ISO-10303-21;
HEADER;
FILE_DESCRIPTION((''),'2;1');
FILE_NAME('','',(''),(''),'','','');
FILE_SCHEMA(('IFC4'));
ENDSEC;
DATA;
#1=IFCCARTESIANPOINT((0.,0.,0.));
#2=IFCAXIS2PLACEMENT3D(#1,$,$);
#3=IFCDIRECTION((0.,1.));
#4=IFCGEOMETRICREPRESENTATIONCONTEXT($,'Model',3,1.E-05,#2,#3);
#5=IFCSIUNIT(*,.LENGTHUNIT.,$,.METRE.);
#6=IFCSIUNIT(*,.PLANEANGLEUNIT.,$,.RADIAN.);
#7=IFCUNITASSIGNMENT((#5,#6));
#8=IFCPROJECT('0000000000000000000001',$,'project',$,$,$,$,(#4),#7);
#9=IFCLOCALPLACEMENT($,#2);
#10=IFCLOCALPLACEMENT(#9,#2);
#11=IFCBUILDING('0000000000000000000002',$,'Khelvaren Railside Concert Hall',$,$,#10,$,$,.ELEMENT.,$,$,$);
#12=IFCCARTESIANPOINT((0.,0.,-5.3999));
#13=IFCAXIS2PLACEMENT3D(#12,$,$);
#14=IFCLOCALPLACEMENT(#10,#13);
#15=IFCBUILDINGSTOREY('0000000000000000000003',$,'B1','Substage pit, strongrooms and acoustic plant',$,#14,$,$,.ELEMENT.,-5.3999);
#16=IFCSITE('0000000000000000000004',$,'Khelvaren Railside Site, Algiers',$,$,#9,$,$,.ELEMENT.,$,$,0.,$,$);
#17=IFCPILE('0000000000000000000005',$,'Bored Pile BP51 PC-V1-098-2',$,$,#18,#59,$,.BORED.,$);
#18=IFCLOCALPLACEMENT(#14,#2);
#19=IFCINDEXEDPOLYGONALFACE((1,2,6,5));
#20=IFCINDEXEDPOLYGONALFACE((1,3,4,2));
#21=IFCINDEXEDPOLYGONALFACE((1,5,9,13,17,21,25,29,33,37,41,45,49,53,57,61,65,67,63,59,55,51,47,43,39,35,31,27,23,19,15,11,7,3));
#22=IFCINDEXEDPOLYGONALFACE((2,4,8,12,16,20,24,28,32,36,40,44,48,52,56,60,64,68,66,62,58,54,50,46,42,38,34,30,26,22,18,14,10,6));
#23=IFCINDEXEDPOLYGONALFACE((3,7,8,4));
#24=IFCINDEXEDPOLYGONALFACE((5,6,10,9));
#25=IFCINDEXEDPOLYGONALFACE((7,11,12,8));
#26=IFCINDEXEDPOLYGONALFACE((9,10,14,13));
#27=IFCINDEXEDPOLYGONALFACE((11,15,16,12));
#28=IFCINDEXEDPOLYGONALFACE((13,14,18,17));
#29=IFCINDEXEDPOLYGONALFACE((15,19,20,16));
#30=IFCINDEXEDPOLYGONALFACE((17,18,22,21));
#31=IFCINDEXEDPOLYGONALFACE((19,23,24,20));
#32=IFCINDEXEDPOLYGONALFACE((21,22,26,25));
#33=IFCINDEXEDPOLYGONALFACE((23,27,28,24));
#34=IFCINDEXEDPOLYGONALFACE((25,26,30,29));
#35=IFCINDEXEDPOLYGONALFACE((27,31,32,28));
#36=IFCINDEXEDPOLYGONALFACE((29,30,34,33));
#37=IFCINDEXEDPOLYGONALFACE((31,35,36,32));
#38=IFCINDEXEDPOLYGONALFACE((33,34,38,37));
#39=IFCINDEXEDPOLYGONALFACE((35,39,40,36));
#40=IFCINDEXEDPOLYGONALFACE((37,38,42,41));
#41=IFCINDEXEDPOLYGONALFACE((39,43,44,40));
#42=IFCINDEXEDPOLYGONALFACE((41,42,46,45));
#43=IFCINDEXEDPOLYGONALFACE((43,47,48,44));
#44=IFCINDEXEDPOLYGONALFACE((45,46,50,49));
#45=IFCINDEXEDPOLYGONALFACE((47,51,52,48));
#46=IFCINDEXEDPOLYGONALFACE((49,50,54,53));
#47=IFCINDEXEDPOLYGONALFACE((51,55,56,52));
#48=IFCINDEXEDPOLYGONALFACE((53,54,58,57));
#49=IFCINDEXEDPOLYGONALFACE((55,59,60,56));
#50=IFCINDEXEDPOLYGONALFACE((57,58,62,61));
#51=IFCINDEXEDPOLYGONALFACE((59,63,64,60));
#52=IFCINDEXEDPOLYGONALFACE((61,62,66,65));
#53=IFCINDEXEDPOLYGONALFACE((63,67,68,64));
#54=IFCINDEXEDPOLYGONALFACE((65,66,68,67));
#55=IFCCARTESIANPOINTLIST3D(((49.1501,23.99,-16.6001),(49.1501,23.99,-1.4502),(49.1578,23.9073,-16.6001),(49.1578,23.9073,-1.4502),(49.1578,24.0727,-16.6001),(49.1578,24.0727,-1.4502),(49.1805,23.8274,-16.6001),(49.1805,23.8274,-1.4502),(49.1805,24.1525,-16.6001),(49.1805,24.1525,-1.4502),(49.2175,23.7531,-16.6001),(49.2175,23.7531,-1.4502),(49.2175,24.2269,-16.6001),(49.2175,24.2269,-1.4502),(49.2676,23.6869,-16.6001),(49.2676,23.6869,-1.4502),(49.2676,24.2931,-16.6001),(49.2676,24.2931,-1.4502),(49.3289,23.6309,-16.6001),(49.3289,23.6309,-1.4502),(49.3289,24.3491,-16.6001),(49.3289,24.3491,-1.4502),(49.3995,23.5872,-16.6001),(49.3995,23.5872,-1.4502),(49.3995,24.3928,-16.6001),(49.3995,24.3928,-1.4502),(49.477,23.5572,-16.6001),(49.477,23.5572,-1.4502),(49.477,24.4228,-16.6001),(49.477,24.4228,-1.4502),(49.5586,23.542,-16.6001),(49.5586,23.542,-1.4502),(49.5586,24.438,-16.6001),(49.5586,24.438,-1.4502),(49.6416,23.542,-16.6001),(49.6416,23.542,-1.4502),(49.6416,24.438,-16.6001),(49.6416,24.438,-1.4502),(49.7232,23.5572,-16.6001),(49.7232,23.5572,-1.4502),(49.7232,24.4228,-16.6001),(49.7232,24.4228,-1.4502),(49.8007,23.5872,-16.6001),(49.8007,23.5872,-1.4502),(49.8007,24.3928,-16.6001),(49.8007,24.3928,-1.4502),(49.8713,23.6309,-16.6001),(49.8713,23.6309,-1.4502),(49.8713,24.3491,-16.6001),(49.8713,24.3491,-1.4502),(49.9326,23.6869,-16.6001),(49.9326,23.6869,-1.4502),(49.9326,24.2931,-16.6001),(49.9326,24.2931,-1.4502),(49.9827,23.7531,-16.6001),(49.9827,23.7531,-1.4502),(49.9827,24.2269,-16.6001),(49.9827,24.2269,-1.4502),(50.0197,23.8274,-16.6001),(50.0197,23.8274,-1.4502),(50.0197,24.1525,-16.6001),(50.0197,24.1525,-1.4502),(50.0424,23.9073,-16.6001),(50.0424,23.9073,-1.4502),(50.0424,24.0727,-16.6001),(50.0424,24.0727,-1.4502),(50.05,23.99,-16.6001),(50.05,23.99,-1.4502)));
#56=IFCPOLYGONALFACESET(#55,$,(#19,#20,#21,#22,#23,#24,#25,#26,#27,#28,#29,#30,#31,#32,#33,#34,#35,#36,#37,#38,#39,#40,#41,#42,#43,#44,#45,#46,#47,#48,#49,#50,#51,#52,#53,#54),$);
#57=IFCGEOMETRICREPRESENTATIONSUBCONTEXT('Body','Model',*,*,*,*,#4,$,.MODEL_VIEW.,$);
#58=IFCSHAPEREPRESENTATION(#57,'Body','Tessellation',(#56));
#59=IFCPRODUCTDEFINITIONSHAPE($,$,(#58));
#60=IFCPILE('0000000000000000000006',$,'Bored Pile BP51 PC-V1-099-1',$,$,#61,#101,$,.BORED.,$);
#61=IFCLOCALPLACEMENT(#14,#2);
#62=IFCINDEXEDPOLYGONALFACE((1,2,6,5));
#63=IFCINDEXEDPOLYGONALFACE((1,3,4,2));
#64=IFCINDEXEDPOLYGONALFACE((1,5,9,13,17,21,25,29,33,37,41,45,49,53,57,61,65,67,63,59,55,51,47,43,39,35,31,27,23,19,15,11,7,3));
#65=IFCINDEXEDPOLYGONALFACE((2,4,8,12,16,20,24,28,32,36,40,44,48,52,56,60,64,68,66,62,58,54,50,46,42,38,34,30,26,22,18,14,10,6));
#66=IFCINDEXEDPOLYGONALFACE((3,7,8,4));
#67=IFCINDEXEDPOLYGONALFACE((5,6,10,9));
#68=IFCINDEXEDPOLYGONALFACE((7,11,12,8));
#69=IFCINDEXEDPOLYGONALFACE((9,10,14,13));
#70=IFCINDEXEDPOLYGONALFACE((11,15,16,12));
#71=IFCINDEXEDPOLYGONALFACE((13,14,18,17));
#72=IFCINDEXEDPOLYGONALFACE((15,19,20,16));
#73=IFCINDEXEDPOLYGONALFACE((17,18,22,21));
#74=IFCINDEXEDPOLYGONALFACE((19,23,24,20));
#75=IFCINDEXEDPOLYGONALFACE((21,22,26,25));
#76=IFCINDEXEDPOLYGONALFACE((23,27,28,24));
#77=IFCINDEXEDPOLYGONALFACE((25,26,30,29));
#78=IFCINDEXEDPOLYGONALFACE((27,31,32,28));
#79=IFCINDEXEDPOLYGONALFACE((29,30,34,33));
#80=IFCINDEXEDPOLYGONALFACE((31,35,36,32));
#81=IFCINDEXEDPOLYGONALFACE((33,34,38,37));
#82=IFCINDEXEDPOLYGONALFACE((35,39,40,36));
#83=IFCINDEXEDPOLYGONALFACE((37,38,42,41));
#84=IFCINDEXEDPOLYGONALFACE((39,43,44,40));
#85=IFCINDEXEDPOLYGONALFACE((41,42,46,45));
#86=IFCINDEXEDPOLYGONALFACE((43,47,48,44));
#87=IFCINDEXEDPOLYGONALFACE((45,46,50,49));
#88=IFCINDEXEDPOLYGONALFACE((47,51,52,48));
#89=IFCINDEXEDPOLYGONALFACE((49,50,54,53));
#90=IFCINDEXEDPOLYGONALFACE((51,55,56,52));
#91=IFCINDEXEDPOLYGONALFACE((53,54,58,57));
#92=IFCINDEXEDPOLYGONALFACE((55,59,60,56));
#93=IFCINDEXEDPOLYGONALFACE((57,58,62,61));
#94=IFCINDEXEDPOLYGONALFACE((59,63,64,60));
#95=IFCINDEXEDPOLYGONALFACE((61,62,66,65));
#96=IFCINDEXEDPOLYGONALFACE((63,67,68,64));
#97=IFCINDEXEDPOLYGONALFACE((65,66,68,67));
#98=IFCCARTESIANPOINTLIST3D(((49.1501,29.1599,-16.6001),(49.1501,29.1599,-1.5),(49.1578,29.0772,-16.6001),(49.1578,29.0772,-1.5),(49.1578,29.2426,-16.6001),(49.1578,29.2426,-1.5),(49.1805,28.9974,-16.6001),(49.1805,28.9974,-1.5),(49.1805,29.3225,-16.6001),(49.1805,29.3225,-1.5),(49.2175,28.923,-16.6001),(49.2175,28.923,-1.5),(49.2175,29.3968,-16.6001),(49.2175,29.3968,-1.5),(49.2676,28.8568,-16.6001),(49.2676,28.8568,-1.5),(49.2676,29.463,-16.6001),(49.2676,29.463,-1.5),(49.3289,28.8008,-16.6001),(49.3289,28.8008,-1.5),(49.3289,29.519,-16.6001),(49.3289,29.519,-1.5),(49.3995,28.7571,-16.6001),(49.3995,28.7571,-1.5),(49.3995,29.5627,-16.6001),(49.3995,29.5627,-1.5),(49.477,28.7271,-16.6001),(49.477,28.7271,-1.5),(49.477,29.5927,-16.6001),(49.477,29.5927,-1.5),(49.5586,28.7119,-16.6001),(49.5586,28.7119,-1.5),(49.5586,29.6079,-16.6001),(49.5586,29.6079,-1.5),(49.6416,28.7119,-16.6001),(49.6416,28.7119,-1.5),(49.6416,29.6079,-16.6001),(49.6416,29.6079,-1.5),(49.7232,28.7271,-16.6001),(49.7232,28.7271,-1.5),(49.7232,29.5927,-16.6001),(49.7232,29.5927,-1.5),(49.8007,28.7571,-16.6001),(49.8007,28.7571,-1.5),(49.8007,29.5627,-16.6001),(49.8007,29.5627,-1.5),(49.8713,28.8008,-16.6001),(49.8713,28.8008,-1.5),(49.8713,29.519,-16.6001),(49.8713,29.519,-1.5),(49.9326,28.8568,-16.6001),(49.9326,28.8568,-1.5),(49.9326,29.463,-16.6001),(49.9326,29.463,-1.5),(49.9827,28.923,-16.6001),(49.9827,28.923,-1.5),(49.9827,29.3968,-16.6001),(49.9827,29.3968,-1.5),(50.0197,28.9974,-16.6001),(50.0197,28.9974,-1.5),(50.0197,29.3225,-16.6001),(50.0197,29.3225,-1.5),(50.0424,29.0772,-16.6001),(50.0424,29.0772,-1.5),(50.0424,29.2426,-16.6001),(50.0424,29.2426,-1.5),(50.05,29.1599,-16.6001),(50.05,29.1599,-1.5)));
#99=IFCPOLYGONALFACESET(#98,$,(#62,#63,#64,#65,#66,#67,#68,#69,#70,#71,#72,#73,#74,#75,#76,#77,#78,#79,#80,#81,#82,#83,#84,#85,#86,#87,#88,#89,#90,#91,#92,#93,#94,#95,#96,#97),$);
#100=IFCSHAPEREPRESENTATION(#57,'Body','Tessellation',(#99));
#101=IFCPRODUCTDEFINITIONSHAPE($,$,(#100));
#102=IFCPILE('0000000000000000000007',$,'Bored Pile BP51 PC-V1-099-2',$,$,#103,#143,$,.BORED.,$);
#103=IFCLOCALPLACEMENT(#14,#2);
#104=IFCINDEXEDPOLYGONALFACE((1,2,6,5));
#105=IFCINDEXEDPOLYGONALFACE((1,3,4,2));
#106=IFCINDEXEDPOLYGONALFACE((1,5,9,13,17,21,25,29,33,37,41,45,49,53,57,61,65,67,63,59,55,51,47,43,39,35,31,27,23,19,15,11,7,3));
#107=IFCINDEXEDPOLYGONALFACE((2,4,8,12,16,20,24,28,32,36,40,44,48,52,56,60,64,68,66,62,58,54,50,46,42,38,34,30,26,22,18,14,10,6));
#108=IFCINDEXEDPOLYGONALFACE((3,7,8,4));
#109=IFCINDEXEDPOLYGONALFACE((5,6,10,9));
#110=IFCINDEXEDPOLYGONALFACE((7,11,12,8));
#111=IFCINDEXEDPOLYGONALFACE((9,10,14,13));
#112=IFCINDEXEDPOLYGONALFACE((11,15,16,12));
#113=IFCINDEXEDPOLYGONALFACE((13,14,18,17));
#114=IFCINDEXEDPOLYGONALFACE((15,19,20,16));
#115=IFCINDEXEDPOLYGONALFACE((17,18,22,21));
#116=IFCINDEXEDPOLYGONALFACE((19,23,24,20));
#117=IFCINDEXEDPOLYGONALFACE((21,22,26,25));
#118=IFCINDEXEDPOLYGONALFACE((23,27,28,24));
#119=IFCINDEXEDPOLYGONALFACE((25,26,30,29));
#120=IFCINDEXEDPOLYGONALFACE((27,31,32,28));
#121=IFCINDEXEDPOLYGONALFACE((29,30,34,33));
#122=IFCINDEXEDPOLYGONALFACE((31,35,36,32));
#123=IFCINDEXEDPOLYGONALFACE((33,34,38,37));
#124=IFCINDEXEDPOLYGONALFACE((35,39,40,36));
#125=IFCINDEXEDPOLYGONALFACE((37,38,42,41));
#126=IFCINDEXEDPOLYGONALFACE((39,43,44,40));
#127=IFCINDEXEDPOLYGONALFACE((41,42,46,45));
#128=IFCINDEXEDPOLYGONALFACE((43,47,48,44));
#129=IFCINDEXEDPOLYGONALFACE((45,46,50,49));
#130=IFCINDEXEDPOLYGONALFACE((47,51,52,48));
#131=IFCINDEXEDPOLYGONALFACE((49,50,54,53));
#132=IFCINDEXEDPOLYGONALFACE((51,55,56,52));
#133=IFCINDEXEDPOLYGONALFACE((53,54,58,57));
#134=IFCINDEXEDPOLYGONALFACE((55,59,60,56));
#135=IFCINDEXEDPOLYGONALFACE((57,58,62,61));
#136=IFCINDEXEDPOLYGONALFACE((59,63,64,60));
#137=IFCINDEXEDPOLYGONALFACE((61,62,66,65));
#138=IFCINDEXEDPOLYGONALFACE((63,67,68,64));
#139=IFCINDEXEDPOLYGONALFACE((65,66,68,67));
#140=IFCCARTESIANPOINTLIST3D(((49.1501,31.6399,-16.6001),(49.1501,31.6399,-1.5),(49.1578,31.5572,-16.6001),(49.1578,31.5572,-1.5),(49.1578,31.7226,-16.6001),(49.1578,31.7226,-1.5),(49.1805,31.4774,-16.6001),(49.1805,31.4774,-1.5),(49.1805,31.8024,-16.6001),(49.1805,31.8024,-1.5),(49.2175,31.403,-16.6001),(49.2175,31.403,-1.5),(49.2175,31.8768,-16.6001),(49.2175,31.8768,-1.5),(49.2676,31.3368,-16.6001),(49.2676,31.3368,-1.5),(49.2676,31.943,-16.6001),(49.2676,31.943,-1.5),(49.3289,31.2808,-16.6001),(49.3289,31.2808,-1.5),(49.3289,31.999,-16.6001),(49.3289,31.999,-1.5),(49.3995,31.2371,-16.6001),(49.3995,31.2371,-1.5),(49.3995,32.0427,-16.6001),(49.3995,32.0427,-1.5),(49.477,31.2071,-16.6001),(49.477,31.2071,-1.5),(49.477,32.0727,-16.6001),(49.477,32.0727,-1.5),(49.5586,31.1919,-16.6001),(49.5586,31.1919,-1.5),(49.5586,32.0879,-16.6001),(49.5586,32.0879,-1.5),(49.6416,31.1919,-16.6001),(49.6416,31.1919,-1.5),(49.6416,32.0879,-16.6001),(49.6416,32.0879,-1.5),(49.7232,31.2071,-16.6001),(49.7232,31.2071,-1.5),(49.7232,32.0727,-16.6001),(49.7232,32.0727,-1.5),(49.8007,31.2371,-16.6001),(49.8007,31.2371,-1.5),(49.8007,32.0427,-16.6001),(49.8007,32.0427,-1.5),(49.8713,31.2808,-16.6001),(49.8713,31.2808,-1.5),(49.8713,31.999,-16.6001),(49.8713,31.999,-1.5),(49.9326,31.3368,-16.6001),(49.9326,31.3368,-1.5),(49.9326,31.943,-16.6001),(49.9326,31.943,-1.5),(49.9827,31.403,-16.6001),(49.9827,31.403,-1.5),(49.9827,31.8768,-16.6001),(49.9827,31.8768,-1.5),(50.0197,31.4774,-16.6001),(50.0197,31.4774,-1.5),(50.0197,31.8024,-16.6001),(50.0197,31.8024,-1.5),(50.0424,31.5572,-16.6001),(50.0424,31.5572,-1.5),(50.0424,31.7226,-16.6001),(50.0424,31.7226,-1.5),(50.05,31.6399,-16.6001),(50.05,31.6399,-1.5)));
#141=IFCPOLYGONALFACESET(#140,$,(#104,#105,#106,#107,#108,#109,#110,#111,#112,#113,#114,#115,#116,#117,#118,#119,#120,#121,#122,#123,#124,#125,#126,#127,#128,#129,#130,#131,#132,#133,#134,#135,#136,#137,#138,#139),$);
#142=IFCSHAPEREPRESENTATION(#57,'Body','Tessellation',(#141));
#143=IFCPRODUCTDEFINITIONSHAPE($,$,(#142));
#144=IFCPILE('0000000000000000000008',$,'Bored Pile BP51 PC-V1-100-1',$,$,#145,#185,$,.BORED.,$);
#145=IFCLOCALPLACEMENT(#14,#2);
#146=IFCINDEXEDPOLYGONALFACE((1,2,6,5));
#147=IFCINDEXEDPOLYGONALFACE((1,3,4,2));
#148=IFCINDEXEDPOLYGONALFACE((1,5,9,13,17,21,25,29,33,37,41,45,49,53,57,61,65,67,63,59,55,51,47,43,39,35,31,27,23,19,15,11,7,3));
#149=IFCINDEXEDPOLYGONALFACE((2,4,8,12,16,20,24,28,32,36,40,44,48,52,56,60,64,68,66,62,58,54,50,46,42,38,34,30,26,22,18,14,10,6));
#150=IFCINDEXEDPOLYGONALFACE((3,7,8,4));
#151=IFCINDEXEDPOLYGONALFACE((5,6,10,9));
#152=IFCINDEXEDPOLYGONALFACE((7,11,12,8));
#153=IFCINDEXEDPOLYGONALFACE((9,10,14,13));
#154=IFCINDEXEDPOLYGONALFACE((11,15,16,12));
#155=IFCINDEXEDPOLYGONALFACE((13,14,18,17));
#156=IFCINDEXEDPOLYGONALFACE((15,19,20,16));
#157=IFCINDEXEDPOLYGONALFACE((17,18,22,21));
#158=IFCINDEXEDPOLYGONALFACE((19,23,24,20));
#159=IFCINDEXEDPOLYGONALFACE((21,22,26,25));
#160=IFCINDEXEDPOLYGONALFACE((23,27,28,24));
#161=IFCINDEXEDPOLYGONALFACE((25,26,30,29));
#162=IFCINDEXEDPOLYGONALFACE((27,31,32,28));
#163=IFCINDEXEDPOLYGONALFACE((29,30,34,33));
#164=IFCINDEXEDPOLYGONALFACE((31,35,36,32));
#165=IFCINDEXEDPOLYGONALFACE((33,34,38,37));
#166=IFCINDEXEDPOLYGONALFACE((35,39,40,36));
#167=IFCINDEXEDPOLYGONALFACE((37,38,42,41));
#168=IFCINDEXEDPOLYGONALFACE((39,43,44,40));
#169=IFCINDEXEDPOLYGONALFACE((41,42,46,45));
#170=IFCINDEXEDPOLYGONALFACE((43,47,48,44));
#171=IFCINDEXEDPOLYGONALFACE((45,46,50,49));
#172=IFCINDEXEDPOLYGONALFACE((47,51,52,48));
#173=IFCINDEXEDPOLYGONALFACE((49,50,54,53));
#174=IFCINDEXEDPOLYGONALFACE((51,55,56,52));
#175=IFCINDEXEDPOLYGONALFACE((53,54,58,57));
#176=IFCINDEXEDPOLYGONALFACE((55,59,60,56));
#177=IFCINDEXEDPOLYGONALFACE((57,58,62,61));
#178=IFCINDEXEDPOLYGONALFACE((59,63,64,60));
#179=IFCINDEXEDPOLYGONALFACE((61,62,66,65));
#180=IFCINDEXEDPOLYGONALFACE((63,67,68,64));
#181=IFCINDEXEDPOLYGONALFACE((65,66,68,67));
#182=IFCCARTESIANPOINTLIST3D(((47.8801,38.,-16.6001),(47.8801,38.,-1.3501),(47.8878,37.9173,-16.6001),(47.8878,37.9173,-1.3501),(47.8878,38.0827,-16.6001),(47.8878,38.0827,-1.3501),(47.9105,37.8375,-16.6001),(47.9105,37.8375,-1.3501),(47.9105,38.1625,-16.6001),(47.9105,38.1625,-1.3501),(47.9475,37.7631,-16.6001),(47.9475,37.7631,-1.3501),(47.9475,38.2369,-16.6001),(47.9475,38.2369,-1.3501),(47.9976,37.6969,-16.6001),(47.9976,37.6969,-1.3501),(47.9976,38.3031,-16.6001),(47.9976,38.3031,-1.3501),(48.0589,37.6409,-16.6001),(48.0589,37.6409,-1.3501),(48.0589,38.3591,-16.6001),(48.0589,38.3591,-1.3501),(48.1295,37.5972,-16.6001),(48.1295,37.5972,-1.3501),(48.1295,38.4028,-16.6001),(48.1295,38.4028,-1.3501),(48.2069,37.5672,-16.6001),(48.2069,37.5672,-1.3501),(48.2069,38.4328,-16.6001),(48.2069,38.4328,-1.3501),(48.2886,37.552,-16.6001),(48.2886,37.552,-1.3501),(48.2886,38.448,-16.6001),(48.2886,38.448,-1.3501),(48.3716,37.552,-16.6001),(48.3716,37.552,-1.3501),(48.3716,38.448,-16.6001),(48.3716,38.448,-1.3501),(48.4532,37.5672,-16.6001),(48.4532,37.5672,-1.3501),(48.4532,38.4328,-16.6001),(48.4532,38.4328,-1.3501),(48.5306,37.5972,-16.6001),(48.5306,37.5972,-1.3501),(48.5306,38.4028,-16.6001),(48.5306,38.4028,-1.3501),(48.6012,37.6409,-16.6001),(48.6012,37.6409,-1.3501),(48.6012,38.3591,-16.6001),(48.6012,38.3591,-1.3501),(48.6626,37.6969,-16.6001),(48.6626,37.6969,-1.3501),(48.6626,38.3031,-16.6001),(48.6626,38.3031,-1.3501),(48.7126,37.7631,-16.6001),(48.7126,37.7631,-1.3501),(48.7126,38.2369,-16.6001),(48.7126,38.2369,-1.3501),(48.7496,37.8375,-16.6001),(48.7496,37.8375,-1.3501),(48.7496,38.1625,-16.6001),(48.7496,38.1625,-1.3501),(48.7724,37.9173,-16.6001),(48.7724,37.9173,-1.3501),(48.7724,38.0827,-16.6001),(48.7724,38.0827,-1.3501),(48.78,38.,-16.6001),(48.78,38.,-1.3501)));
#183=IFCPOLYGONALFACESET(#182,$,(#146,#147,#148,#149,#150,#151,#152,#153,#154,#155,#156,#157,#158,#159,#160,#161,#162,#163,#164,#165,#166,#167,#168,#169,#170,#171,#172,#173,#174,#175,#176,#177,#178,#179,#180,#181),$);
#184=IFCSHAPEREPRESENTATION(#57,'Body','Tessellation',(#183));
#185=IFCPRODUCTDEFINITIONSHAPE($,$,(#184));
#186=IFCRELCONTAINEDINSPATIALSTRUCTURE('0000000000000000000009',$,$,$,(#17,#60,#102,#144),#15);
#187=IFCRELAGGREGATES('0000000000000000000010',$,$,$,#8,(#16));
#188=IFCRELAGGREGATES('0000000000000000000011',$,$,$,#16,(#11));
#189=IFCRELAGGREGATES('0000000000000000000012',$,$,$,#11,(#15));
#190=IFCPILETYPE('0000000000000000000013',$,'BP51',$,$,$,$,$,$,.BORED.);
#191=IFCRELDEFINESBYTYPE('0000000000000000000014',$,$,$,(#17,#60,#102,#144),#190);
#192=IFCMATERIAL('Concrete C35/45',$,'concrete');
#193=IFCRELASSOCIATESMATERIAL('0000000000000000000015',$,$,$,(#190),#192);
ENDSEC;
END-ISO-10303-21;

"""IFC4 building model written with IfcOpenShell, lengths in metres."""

from ifc_helpers import new_model, si_unit, direction, frame, origin, origin_2d, place, context, subcontext, project, spatial, circle, extrude, material, material_profile, profile_set, type_object, element, save


model = new_model("IFC4")

# Units and contexts
model_context = context("Model", 3, precision=1e-05, world=origin(), true_north=direction((0.0, 1.0)))
body_context = subcontext(model_context, "Body", "Model", "MODEL_VIEW")
ifc_project = project(units=[si_unit("LENGTHUNIT", "METRE"), si_unit("PLANEANGLEUNIT", "RADIAN")], contexts=[model_context])

# Site, building, storey
site_placement = place(None, origin())
site = spatial("IfcSite", under=ifc_project, at=site_placement, Name="Khelvaren Railside Site, Algiers", CompositionType="ELEMENT", RefElevation=0.0)
building_placement = place(site_placement, origin())
building = spatial("IfcBuilding", under=site, at=building_placement, Name="Khelvaren Railside Concert Hall", CompositionType="ELEMENT")
storey_placement = place(building_placement, frame((0.0, 0.0, -5.3999)))
storey = spatial("IfcBuildingStorey", under=building, at=storey_placement, Name="B1", Description="Substage pit, strongrooms and acoustic plant", CompositionType="ELEMENT", Elevation=-5.3999)

# Piles
ifc_material_1 = material(Name="Concrete C35/45", Category="concrete")
ifc_material_profile_1 = material_profile(ifc_material_1, circle(Radius=0.45, at=origin_2d()), Name="BP D900")
ifc_profile_set_1 = profile_set([ifc_material_profile_1], Name="Concrete C35/45")
pile_type_1 = type_object("IfcPileType", Name="BP51", PredefinedType="BORED", material=ifc_profile_set_1)
pile_placement = place(storey_placement, frame((49.6001, 23.99, -1.4502), z_axis=(0.0, 0.0, -1.0), x_axis=(1.0, 0.0, 0.0)))
element("IfcPile", 1, at=pile_placement, inside=storey, type_object=pile_type_1, Name="Bored Pile BP51 PC-V1-098-2", PredefinedType="BORED", context=body_context, shape_type="SweptSolid", body=[
    extrude(circle(Radius=0.45, at=origin_2d()), origin(), (0.0, 0.0, 1.0), 15.1499),
])
for number, where, z_axis, x_axis, name in (
    (2, (49.6001, 29.1599, -1.5), (0.0, 0.0, -1.0), (1.0, 0.0, 0.0), "Bored Pile BP51 PC-V1-099-1"),
    (3, (49.6001, 31.6399, -1.5), (0.0, 0.0, -1.0), (1.0, 0.0, 0.0), "Bored Pile BP51 PC-V1-099-2"),
):
    element("IfcPile", number, at=place(storey_placement, frame(where, z_axis=z_axis, x_axis=x_axis)), inside=storey, type_object=pile_type_1, Name=name, PredefinedType="BORED", context=body_context, shape_type="SweptSolid", body=[
        extrude(circle(Radius=0.45, at=origin_2d()), origin(), (0.0, 0.0, 1.0), 15.1001),
    ])
for number, where, z_axis, x_axis, name in (
    (4, (48.3301, 38.0, -1.3501), (0.0, 0.0, -1.0), (1.0, 0.0, 0.0), "Bored Pile BP51 PC-V1-100-1"),
):
    element("IfcPile", number, at=place(storey_placement, frame(where, z_axis=z_axis, x_axis=x_axis)), inside=storey, type_object=pile_type_1, Name=name, PredefinedType="BORED", context=body_context, shape_type="SweptSolid", body=[
        extrude(circle(Radius=0.45, at=origin_2d()), origin(), (0.0, 0.0, 1.0), 15.25),
    ])

save(model, "model.ifc")
